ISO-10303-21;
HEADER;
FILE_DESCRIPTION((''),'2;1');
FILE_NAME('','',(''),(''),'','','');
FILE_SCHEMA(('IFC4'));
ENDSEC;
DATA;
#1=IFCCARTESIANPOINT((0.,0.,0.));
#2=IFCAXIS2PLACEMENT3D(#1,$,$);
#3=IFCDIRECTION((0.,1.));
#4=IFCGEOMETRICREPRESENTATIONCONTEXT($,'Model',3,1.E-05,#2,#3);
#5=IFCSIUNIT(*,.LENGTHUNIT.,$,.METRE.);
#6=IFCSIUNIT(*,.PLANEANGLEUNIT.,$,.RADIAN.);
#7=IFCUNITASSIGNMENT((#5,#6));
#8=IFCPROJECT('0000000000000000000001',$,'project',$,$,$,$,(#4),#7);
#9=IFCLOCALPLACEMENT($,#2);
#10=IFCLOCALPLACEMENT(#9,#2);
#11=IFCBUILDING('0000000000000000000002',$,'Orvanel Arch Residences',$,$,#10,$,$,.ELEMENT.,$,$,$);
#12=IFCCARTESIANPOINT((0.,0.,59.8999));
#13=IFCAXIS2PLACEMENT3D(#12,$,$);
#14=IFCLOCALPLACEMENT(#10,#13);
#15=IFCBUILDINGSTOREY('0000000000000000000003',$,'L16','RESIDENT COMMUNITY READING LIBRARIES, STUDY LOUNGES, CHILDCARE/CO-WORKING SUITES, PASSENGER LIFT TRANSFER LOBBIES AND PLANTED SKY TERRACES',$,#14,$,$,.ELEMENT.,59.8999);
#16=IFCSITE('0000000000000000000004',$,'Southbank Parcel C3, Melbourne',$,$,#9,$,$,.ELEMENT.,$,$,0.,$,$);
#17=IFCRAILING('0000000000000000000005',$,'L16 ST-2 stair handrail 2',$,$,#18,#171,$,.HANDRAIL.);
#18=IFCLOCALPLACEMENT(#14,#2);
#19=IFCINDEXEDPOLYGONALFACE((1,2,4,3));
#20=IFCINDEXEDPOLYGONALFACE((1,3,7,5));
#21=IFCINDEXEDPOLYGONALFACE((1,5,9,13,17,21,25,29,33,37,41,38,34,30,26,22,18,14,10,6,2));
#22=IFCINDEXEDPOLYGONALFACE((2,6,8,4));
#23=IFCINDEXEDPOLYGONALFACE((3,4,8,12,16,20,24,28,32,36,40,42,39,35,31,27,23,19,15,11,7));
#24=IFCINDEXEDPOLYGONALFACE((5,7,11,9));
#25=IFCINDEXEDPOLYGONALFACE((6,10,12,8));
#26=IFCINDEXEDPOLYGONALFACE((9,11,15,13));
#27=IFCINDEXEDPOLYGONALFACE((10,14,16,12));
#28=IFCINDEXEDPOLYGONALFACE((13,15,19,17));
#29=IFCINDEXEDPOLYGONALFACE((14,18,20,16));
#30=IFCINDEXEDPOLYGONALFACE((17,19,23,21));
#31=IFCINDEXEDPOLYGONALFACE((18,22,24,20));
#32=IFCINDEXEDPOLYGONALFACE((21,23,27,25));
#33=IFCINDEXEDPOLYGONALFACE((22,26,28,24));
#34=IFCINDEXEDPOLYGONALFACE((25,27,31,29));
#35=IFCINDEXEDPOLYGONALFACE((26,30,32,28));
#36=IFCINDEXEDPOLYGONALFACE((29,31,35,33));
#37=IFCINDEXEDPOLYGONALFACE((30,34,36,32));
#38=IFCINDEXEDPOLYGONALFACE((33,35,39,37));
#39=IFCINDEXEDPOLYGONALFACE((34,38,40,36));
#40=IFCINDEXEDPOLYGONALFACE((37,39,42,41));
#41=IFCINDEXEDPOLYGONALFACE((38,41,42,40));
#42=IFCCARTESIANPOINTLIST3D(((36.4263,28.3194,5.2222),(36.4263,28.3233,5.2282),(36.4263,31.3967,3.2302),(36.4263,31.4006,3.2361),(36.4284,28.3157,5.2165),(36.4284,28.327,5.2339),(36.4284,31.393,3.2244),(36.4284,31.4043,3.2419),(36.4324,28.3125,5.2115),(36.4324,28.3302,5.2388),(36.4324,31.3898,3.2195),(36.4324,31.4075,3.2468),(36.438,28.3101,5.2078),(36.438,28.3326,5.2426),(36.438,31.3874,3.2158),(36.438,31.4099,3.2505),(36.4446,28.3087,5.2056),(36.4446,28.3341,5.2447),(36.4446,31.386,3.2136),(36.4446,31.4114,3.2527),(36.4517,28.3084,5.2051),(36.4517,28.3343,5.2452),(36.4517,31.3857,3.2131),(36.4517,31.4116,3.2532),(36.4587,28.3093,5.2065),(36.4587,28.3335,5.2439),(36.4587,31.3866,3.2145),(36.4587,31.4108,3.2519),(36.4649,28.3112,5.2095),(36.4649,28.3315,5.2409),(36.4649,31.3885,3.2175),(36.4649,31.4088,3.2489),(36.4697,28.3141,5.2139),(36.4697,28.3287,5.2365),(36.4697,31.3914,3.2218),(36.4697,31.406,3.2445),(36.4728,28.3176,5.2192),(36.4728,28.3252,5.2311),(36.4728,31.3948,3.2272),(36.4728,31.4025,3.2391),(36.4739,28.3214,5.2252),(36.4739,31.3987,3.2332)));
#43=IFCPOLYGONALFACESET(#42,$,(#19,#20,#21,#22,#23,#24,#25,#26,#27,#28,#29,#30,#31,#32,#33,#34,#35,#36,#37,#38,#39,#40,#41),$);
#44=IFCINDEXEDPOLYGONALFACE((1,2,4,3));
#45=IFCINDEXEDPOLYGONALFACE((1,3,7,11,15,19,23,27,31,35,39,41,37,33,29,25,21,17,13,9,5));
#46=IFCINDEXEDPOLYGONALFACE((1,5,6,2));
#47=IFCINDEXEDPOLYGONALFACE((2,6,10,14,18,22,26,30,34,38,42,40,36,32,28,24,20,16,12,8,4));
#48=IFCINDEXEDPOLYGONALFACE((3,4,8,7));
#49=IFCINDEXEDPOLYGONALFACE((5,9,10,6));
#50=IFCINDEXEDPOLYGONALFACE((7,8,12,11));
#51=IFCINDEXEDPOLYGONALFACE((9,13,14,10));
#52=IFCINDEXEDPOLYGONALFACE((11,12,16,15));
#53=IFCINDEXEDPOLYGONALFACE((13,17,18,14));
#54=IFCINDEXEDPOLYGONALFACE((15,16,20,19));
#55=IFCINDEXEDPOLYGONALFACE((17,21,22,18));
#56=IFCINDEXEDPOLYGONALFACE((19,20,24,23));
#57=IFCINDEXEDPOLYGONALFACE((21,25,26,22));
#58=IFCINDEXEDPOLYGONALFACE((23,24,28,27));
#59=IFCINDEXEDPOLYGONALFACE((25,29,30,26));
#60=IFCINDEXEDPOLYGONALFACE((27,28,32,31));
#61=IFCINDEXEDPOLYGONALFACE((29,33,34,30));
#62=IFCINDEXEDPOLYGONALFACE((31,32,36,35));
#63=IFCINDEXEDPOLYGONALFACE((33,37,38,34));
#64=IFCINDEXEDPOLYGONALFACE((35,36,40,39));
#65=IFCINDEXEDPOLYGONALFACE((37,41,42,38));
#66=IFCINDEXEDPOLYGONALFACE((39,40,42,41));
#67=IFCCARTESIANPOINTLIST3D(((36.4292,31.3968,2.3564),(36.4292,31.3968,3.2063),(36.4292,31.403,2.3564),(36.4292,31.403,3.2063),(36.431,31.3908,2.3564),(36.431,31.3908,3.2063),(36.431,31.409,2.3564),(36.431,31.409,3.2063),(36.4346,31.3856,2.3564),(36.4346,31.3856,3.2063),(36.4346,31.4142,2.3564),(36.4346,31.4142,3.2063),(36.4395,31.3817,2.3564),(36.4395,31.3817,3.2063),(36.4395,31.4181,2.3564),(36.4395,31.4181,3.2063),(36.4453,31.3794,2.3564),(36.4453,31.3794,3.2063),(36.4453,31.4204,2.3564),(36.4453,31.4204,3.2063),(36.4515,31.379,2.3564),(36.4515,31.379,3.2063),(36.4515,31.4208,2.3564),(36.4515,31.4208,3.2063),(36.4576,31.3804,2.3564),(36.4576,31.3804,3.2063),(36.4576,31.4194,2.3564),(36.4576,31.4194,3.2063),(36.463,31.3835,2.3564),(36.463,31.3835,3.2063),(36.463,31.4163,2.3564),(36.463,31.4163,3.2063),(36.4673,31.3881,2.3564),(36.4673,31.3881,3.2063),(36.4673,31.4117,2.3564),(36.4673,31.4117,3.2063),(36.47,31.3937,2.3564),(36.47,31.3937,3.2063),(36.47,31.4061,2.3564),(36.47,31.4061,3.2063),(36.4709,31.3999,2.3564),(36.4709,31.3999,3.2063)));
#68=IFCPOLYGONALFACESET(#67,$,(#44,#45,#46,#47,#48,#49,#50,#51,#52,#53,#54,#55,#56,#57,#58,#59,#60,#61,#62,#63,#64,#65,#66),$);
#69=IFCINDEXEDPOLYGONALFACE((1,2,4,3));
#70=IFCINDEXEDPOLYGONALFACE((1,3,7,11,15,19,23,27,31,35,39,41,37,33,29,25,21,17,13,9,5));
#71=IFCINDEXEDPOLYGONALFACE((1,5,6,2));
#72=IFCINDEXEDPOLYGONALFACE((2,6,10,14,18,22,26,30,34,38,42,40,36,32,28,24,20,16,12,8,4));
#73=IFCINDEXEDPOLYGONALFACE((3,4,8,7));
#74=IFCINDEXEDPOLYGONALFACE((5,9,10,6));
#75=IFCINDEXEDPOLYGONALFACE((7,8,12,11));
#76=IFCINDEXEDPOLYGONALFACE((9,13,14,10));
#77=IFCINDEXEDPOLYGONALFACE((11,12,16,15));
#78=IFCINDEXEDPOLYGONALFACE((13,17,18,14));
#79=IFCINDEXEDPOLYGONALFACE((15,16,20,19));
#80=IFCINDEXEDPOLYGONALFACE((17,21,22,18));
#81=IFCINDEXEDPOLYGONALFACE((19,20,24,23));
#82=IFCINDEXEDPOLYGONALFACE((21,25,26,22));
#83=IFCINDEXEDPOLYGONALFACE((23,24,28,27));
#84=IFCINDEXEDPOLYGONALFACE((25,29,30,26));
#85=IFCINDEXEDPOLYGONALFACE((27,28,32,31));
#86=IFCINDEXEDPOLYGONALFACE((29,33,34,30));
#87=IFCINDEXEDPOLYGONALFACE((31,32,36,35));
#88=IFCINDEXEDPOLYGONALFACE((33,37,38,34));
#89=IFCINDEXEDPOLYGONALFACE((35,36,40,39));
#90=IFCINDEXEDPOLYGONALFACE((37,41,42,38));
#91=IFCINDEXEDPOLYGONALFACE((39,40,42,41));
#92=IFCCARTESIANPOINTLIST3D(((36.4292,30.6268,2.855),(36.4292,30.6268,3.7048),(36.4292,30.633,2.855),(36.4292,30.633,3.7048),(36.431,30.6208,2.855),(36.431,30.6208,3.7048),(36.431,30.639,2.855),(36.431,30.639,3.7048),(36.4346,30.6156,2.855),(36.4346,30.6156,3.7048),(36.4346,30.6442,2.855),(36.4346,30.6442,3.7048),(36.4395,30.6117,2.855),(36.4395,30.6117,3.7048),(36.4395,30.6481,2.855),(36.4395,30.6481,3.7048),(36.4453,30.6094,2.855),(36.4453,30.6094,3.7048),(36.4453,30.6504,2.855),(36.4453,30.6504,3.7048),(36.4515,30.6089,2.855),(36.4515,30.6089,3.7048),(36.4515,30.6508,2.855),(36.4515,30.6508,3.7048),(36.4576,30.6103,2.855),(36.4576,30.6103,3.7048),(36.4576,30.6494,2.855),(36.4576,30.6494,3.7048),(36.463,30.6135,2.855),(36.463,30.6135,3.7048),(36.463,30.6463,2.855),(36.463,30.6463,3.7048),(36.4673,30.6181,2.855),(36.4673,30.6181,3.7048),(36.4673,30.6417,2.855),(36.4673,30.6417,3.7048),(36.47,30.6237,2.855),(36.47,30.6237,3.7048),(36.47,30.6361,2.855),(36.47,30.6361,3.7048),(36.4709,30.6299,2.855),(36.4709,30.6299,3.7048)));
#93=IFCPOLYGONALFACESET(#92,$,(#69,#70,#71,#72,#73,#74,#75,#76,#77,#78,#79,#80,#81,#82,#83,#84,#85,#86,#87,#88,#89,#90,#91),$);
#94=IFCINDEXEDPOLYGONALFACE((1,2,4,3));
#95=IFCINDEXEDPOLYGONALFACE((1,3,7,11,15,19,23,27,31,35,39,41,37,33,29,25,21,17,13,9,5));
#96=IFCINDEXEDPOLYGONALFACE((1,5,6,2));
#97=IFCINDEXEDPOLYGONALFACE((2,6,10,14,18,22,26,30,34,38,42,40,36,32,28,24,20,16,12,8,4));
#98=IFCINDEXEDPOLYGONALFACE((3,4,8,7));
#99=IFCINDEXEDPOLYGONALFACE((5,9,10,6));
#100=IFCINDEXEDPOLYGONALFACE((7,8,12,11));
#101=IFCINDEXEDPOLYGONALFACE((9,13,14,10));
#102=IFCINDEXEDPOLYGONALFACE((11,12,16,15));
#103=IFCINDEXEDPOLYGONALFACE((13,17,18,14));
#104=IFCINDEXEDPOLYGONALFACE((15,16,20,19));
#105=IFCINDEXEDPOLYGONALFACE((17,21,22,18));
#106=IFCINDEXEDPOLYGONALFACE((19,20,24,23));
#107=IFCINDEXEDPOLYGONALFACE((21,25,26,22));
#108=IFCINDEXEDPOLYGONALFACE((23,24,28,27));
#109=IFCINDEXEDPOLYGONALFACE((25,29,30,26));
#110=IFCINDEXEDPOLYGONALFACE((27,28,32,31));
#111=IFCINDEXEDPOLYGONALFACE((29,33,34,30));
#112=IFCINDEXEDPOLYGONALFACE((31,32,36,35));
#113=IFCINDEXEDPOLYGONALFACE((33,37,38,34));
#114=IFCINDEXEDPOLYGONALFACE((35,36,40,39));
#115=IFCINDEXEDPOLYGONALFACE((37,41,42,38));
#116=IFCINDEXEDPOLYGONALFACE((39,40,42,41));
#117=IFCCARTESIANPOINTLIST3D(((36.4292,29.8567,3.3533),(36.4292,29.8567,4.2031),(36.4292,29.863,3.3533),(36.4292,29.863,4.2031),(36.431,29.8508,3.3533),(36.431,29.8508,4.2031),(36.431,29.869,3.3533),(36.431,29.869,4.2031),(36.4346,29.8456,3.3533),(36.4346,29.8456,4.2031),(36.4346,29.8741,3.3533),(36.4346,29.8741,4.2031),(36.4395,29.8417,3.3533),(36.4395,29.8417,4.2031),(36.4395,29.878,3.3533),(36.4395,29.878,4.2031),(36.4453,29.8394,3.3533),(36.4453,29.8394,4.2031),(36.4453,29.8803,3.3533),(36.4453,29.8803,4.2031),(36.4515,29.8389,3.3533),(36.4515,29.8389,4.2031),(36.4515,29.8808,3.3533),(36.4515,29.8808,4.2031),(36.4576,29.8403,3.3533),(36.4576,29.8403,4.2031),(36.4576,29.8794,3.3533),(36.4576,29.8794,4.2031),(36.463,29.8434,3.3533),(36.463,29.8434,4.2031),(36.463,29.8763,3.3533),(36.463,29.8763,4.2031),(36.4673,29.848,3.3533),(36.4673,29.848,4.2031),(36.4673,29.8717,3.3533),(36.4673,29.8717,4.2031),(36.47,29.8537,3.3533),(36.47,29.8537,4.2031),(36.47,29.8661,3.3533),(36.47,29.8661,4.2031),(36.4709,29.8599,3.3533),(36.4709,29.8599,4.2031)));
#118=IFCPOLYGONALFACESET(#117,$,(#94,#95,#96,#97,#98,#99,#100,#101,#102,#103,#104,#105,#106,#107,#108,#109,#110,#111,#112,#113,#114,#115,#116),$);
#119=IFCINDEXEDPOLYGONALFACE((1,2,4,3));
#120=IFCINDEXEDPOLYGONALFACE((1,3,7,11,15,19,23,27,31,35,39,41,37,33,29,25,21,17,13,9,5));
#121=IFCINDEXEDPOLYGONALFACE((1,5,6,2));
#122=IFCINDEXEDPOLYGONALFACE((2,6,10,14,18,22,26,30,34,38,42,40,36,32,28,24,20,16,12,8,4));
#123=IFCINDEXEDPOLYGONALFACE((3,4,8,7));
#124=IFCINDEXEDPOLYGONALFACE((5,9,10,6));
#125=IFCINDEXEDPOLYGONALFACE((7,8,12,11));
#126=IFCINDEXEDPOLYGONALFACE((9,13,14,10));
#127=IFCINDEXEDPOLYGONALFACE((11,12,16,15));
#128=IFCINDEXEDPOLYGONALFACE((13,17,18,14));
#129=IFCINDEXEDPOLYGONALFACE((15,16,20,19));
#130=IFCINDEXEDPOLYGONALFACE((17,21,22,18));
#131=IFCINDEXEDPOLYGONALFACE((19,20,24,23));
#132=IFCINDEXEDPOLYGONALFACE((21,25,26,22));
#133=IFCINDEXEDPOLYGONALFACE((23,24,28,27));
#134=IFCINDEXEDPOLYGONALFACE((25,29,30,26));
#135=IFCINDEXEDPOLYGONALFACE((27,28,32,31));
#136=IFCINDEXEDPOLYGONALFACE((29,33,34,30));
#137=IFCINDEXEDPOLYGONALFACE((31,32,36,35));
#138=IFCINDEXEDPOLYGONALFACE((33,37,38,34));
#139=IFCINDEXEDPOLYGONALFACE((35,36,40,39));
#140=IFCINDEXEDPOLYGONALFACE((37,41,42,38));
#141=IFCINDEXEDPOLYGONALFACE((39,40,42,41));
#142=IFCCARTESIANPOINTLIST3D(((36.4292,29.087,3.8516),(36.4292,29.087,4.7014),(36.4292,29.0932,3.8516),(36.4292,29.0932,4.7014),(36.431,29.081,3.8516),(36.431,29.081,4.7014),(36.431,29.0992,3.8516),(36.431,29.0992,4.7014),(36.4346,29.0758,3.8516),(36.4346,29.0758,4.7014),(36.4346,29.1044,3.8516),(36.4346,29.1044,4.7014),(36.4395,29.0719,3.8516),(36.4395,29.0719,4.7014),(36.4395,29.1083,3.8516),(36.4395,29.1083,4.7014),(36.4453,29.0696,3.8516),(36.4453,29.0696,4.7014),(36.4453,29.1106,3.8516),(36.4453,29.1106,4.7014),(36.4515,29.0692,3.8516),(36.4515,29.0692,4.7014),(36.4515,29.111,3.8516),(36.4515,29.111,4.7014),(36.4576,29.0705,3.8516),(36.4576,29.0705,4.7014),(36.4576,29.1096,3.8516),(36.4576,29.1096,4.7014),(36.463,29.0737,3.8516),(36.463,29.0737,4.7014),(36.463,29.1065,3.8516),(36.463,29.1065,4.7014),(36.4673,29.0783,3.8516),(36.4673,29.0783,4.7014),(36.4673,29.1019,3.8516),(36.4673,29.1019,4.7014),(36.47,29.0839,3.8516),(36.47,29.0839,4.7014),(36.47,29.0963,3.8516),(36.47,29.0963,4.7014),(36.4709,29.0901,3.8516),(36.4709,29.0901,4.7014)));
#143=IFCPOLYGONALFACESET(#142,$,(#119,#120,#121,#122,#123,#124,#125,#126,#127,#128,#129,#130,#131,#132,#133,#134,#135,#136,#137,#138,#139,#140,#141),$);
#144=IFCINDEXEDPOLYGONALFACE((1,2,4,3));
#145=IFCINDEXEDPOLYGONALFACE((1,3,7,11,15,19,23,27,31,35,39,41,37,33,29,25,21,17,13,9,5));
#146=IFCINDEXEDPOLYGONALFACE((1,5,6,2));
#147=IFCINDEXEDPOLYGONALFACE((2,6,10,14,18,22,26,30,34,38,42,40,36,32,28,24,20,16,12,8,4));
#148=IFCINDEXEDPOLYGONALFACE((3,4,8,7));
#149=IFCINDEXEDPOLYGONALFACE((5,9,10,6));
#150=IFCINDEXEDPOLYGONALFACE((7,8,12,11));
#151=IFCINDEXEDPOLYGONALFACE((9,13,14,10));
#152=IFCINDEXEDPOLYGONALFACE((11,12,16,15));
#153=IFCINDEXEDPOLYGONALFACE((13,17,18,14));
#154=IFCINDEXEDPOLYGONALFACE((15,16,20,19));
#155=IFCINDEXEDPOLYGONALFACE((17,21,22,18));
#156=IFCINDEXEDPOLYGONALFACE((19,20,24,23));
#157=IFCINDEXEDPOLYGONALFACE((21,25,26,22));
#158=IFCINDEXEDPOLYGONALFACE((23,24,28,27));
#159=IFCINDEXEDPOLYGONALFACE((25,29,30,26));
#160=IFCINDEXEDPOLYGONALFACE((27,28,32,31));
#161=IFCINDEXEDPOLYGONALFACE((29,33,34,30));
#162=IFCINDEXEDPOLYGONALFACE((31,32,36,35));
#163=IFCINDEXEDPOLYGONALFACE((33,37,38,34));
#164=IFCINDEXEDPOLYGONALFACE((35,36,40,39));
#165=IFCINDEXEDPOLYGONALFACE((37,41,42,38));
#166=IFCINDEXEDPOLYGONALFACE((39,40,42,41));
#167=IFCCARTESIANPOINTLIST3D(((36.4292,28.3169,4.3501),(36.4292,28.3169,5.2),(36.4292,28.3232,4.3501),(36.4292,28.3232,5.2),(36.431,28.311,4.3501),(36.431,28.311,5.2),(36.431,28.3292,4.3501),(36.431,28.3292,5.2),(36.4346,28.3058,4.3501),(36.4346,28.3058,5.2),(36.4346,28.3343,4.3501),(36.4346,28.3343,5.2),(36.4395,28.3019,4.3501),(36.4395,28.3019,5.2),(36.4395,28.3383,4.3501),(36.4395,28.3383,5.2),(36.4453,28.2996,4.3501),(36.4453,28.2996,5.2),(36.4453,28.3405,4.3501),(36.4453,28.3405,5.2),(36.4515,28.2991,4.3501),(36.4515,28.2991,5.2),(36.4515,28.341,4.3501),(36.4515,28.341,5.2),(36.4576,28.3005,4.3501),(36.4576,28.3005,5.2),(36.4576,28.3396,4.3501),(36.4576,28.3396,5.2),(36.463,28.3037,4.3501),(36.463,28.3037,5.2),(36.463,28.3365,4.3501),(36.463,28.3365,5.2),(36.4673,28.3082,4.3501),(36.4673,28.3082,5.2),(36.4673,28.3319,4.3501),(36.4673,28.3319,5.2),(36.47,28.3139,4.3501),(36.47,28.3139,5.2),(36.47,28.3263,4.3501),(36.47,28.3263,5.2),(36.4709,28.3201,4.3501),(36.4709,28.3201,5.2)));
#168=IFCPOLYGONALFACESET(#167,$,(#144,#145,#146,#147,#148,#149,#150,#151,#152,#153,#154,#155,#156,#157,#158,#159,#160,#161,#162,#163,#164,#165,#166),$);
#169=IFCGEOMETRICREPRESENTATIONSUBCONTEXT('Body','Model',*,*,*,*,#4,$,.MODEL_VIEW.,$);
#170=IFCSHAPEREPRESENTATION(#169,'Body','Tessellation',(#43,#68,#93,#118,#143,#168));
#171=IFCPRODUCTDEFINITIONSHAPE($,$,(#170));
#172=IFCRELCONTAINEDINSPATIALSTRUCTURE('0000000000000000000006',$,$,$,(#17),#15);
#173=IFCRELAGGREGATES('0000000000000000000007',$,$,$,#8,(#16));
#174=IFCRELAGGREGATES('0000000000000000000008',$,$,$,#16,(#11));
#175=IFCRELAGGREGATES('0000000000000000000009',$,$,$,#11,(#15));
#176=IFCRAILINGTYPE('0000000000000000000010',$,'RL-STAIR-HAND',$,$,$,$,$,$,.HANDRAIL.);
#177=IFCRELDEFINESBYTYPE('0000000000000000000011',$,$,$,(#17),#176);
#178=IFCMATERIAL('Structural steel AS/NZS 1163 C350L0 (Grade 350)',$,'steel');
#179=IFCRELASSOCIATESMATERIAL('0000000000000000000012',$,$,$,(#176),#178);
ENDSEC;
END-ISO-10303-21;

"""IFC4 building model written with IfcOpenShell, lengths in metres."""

from ifc_helpers import new_model, si_unit, direction, frame, origin, origin_2d, place, context, subcontext, project, spatial, circle, extrude, material, type_object, element, save


model = new_model("IFC4")

# Units and contexts
model_context = context("Model", 3, precision=1e-05, world=origin(), true_north=direction((0.0, 1.0)))
body_context = subcontext(model_context, "Body", "Model", "MODEL_VIEW")
ifc_project = project(units=[si_unit("LENGTHUNIT", "METRE"), si_unit("PLANEANGLEUNIT", "RADIAN")], contexts=[model_context])

# Site, building, storey
site_placement = place(None, origin())
site = spatial("IfcSite", under=ifc_project, at=site_placement, Name="Southbank Parcel C3, Melbourne", CompositionType="ELEMENT", RefElevation=0.0)
building_placement = place(site_placement, origin())
building = spatial("IfcBuilding", under=site, at=building_placement, Name="Orvanel Arch Residences", CompositionType="ELEMENT")
storey_placement = place(building_placement, frame((0.0, 0.0, 59.8999)))
storey = spatial("IfcBuildingStorey", under=building, at=storey_placement, Name="L16", Description="RESIDENT COMMUNITY READING LIBRARIES, STUDY LOUNGES, CHILDCARE/CO-WORKING SUITES, PASSENGER LIFT TRANSFER LOBBIES AND PLANTED SKY TERRACES", CompositionType="ELEMENT", Elevation=59.8999)

# Railing
ifc_material_1 = material(Name="Structural steel AS/NZS 1163 C350L0 (Grade 350)", Category="steel")
railing_type_1 = type_object("IfcRailingType", Name="RL-STAIR-HAND", PredefinedType="HANDRAIL", material=ifc_material_1)
railing_1_placement = place(storey_placement, frame((36.45, 31.3999, 2.3564)))
element("IfcRailing", 1, at=railing_1_placement, inside=storey, type_object=railing_type_1, Name="L16 ST-2 stair handrail 2", PredefinedType="HANDRAIL", context=body_context, shape_type="SweptSolid", body=[
    extrude(circle(Radius=0.0239, at=origin_2d()), frame((0.0, -0.0012, 0.8767), z_axis=(0.0, -0.839468, 0.543409), x_axis=(1.0, 0.0, 0.0)), (0.0, 0.0, 1.0), 3.6658),
    extrude(circle(Radius=0.021, at=origin_2d()), origin(), (0.0, 0.0, 1.0), 0.8499),
    extrude(circle(Radius=0.021, at=origin_2d()), frame((0.0, -0.77, 0.4985)), (0.0, 0.0, 1.0), 0.8499),
    extrude(circle(Radius=0.021, at=origin_2d()), frame((0.0, -1.54, 0.9968)), (0.0, 0.0, 1.0), 0.8499),
    extrude(circle(Radius=0.021, at=origin_2d()), frame((0.0, -2.3098, 1.4951)), (0.0, 0.0, 1.0), 0.8499),
    extrude(circle(Radius=0.021, at=origin_2d()), frame((0.0, -3.0798, 1.9937)), (0.0, 0.0, 1.0), 0.8499),
])

save(model, "model.ifc")
